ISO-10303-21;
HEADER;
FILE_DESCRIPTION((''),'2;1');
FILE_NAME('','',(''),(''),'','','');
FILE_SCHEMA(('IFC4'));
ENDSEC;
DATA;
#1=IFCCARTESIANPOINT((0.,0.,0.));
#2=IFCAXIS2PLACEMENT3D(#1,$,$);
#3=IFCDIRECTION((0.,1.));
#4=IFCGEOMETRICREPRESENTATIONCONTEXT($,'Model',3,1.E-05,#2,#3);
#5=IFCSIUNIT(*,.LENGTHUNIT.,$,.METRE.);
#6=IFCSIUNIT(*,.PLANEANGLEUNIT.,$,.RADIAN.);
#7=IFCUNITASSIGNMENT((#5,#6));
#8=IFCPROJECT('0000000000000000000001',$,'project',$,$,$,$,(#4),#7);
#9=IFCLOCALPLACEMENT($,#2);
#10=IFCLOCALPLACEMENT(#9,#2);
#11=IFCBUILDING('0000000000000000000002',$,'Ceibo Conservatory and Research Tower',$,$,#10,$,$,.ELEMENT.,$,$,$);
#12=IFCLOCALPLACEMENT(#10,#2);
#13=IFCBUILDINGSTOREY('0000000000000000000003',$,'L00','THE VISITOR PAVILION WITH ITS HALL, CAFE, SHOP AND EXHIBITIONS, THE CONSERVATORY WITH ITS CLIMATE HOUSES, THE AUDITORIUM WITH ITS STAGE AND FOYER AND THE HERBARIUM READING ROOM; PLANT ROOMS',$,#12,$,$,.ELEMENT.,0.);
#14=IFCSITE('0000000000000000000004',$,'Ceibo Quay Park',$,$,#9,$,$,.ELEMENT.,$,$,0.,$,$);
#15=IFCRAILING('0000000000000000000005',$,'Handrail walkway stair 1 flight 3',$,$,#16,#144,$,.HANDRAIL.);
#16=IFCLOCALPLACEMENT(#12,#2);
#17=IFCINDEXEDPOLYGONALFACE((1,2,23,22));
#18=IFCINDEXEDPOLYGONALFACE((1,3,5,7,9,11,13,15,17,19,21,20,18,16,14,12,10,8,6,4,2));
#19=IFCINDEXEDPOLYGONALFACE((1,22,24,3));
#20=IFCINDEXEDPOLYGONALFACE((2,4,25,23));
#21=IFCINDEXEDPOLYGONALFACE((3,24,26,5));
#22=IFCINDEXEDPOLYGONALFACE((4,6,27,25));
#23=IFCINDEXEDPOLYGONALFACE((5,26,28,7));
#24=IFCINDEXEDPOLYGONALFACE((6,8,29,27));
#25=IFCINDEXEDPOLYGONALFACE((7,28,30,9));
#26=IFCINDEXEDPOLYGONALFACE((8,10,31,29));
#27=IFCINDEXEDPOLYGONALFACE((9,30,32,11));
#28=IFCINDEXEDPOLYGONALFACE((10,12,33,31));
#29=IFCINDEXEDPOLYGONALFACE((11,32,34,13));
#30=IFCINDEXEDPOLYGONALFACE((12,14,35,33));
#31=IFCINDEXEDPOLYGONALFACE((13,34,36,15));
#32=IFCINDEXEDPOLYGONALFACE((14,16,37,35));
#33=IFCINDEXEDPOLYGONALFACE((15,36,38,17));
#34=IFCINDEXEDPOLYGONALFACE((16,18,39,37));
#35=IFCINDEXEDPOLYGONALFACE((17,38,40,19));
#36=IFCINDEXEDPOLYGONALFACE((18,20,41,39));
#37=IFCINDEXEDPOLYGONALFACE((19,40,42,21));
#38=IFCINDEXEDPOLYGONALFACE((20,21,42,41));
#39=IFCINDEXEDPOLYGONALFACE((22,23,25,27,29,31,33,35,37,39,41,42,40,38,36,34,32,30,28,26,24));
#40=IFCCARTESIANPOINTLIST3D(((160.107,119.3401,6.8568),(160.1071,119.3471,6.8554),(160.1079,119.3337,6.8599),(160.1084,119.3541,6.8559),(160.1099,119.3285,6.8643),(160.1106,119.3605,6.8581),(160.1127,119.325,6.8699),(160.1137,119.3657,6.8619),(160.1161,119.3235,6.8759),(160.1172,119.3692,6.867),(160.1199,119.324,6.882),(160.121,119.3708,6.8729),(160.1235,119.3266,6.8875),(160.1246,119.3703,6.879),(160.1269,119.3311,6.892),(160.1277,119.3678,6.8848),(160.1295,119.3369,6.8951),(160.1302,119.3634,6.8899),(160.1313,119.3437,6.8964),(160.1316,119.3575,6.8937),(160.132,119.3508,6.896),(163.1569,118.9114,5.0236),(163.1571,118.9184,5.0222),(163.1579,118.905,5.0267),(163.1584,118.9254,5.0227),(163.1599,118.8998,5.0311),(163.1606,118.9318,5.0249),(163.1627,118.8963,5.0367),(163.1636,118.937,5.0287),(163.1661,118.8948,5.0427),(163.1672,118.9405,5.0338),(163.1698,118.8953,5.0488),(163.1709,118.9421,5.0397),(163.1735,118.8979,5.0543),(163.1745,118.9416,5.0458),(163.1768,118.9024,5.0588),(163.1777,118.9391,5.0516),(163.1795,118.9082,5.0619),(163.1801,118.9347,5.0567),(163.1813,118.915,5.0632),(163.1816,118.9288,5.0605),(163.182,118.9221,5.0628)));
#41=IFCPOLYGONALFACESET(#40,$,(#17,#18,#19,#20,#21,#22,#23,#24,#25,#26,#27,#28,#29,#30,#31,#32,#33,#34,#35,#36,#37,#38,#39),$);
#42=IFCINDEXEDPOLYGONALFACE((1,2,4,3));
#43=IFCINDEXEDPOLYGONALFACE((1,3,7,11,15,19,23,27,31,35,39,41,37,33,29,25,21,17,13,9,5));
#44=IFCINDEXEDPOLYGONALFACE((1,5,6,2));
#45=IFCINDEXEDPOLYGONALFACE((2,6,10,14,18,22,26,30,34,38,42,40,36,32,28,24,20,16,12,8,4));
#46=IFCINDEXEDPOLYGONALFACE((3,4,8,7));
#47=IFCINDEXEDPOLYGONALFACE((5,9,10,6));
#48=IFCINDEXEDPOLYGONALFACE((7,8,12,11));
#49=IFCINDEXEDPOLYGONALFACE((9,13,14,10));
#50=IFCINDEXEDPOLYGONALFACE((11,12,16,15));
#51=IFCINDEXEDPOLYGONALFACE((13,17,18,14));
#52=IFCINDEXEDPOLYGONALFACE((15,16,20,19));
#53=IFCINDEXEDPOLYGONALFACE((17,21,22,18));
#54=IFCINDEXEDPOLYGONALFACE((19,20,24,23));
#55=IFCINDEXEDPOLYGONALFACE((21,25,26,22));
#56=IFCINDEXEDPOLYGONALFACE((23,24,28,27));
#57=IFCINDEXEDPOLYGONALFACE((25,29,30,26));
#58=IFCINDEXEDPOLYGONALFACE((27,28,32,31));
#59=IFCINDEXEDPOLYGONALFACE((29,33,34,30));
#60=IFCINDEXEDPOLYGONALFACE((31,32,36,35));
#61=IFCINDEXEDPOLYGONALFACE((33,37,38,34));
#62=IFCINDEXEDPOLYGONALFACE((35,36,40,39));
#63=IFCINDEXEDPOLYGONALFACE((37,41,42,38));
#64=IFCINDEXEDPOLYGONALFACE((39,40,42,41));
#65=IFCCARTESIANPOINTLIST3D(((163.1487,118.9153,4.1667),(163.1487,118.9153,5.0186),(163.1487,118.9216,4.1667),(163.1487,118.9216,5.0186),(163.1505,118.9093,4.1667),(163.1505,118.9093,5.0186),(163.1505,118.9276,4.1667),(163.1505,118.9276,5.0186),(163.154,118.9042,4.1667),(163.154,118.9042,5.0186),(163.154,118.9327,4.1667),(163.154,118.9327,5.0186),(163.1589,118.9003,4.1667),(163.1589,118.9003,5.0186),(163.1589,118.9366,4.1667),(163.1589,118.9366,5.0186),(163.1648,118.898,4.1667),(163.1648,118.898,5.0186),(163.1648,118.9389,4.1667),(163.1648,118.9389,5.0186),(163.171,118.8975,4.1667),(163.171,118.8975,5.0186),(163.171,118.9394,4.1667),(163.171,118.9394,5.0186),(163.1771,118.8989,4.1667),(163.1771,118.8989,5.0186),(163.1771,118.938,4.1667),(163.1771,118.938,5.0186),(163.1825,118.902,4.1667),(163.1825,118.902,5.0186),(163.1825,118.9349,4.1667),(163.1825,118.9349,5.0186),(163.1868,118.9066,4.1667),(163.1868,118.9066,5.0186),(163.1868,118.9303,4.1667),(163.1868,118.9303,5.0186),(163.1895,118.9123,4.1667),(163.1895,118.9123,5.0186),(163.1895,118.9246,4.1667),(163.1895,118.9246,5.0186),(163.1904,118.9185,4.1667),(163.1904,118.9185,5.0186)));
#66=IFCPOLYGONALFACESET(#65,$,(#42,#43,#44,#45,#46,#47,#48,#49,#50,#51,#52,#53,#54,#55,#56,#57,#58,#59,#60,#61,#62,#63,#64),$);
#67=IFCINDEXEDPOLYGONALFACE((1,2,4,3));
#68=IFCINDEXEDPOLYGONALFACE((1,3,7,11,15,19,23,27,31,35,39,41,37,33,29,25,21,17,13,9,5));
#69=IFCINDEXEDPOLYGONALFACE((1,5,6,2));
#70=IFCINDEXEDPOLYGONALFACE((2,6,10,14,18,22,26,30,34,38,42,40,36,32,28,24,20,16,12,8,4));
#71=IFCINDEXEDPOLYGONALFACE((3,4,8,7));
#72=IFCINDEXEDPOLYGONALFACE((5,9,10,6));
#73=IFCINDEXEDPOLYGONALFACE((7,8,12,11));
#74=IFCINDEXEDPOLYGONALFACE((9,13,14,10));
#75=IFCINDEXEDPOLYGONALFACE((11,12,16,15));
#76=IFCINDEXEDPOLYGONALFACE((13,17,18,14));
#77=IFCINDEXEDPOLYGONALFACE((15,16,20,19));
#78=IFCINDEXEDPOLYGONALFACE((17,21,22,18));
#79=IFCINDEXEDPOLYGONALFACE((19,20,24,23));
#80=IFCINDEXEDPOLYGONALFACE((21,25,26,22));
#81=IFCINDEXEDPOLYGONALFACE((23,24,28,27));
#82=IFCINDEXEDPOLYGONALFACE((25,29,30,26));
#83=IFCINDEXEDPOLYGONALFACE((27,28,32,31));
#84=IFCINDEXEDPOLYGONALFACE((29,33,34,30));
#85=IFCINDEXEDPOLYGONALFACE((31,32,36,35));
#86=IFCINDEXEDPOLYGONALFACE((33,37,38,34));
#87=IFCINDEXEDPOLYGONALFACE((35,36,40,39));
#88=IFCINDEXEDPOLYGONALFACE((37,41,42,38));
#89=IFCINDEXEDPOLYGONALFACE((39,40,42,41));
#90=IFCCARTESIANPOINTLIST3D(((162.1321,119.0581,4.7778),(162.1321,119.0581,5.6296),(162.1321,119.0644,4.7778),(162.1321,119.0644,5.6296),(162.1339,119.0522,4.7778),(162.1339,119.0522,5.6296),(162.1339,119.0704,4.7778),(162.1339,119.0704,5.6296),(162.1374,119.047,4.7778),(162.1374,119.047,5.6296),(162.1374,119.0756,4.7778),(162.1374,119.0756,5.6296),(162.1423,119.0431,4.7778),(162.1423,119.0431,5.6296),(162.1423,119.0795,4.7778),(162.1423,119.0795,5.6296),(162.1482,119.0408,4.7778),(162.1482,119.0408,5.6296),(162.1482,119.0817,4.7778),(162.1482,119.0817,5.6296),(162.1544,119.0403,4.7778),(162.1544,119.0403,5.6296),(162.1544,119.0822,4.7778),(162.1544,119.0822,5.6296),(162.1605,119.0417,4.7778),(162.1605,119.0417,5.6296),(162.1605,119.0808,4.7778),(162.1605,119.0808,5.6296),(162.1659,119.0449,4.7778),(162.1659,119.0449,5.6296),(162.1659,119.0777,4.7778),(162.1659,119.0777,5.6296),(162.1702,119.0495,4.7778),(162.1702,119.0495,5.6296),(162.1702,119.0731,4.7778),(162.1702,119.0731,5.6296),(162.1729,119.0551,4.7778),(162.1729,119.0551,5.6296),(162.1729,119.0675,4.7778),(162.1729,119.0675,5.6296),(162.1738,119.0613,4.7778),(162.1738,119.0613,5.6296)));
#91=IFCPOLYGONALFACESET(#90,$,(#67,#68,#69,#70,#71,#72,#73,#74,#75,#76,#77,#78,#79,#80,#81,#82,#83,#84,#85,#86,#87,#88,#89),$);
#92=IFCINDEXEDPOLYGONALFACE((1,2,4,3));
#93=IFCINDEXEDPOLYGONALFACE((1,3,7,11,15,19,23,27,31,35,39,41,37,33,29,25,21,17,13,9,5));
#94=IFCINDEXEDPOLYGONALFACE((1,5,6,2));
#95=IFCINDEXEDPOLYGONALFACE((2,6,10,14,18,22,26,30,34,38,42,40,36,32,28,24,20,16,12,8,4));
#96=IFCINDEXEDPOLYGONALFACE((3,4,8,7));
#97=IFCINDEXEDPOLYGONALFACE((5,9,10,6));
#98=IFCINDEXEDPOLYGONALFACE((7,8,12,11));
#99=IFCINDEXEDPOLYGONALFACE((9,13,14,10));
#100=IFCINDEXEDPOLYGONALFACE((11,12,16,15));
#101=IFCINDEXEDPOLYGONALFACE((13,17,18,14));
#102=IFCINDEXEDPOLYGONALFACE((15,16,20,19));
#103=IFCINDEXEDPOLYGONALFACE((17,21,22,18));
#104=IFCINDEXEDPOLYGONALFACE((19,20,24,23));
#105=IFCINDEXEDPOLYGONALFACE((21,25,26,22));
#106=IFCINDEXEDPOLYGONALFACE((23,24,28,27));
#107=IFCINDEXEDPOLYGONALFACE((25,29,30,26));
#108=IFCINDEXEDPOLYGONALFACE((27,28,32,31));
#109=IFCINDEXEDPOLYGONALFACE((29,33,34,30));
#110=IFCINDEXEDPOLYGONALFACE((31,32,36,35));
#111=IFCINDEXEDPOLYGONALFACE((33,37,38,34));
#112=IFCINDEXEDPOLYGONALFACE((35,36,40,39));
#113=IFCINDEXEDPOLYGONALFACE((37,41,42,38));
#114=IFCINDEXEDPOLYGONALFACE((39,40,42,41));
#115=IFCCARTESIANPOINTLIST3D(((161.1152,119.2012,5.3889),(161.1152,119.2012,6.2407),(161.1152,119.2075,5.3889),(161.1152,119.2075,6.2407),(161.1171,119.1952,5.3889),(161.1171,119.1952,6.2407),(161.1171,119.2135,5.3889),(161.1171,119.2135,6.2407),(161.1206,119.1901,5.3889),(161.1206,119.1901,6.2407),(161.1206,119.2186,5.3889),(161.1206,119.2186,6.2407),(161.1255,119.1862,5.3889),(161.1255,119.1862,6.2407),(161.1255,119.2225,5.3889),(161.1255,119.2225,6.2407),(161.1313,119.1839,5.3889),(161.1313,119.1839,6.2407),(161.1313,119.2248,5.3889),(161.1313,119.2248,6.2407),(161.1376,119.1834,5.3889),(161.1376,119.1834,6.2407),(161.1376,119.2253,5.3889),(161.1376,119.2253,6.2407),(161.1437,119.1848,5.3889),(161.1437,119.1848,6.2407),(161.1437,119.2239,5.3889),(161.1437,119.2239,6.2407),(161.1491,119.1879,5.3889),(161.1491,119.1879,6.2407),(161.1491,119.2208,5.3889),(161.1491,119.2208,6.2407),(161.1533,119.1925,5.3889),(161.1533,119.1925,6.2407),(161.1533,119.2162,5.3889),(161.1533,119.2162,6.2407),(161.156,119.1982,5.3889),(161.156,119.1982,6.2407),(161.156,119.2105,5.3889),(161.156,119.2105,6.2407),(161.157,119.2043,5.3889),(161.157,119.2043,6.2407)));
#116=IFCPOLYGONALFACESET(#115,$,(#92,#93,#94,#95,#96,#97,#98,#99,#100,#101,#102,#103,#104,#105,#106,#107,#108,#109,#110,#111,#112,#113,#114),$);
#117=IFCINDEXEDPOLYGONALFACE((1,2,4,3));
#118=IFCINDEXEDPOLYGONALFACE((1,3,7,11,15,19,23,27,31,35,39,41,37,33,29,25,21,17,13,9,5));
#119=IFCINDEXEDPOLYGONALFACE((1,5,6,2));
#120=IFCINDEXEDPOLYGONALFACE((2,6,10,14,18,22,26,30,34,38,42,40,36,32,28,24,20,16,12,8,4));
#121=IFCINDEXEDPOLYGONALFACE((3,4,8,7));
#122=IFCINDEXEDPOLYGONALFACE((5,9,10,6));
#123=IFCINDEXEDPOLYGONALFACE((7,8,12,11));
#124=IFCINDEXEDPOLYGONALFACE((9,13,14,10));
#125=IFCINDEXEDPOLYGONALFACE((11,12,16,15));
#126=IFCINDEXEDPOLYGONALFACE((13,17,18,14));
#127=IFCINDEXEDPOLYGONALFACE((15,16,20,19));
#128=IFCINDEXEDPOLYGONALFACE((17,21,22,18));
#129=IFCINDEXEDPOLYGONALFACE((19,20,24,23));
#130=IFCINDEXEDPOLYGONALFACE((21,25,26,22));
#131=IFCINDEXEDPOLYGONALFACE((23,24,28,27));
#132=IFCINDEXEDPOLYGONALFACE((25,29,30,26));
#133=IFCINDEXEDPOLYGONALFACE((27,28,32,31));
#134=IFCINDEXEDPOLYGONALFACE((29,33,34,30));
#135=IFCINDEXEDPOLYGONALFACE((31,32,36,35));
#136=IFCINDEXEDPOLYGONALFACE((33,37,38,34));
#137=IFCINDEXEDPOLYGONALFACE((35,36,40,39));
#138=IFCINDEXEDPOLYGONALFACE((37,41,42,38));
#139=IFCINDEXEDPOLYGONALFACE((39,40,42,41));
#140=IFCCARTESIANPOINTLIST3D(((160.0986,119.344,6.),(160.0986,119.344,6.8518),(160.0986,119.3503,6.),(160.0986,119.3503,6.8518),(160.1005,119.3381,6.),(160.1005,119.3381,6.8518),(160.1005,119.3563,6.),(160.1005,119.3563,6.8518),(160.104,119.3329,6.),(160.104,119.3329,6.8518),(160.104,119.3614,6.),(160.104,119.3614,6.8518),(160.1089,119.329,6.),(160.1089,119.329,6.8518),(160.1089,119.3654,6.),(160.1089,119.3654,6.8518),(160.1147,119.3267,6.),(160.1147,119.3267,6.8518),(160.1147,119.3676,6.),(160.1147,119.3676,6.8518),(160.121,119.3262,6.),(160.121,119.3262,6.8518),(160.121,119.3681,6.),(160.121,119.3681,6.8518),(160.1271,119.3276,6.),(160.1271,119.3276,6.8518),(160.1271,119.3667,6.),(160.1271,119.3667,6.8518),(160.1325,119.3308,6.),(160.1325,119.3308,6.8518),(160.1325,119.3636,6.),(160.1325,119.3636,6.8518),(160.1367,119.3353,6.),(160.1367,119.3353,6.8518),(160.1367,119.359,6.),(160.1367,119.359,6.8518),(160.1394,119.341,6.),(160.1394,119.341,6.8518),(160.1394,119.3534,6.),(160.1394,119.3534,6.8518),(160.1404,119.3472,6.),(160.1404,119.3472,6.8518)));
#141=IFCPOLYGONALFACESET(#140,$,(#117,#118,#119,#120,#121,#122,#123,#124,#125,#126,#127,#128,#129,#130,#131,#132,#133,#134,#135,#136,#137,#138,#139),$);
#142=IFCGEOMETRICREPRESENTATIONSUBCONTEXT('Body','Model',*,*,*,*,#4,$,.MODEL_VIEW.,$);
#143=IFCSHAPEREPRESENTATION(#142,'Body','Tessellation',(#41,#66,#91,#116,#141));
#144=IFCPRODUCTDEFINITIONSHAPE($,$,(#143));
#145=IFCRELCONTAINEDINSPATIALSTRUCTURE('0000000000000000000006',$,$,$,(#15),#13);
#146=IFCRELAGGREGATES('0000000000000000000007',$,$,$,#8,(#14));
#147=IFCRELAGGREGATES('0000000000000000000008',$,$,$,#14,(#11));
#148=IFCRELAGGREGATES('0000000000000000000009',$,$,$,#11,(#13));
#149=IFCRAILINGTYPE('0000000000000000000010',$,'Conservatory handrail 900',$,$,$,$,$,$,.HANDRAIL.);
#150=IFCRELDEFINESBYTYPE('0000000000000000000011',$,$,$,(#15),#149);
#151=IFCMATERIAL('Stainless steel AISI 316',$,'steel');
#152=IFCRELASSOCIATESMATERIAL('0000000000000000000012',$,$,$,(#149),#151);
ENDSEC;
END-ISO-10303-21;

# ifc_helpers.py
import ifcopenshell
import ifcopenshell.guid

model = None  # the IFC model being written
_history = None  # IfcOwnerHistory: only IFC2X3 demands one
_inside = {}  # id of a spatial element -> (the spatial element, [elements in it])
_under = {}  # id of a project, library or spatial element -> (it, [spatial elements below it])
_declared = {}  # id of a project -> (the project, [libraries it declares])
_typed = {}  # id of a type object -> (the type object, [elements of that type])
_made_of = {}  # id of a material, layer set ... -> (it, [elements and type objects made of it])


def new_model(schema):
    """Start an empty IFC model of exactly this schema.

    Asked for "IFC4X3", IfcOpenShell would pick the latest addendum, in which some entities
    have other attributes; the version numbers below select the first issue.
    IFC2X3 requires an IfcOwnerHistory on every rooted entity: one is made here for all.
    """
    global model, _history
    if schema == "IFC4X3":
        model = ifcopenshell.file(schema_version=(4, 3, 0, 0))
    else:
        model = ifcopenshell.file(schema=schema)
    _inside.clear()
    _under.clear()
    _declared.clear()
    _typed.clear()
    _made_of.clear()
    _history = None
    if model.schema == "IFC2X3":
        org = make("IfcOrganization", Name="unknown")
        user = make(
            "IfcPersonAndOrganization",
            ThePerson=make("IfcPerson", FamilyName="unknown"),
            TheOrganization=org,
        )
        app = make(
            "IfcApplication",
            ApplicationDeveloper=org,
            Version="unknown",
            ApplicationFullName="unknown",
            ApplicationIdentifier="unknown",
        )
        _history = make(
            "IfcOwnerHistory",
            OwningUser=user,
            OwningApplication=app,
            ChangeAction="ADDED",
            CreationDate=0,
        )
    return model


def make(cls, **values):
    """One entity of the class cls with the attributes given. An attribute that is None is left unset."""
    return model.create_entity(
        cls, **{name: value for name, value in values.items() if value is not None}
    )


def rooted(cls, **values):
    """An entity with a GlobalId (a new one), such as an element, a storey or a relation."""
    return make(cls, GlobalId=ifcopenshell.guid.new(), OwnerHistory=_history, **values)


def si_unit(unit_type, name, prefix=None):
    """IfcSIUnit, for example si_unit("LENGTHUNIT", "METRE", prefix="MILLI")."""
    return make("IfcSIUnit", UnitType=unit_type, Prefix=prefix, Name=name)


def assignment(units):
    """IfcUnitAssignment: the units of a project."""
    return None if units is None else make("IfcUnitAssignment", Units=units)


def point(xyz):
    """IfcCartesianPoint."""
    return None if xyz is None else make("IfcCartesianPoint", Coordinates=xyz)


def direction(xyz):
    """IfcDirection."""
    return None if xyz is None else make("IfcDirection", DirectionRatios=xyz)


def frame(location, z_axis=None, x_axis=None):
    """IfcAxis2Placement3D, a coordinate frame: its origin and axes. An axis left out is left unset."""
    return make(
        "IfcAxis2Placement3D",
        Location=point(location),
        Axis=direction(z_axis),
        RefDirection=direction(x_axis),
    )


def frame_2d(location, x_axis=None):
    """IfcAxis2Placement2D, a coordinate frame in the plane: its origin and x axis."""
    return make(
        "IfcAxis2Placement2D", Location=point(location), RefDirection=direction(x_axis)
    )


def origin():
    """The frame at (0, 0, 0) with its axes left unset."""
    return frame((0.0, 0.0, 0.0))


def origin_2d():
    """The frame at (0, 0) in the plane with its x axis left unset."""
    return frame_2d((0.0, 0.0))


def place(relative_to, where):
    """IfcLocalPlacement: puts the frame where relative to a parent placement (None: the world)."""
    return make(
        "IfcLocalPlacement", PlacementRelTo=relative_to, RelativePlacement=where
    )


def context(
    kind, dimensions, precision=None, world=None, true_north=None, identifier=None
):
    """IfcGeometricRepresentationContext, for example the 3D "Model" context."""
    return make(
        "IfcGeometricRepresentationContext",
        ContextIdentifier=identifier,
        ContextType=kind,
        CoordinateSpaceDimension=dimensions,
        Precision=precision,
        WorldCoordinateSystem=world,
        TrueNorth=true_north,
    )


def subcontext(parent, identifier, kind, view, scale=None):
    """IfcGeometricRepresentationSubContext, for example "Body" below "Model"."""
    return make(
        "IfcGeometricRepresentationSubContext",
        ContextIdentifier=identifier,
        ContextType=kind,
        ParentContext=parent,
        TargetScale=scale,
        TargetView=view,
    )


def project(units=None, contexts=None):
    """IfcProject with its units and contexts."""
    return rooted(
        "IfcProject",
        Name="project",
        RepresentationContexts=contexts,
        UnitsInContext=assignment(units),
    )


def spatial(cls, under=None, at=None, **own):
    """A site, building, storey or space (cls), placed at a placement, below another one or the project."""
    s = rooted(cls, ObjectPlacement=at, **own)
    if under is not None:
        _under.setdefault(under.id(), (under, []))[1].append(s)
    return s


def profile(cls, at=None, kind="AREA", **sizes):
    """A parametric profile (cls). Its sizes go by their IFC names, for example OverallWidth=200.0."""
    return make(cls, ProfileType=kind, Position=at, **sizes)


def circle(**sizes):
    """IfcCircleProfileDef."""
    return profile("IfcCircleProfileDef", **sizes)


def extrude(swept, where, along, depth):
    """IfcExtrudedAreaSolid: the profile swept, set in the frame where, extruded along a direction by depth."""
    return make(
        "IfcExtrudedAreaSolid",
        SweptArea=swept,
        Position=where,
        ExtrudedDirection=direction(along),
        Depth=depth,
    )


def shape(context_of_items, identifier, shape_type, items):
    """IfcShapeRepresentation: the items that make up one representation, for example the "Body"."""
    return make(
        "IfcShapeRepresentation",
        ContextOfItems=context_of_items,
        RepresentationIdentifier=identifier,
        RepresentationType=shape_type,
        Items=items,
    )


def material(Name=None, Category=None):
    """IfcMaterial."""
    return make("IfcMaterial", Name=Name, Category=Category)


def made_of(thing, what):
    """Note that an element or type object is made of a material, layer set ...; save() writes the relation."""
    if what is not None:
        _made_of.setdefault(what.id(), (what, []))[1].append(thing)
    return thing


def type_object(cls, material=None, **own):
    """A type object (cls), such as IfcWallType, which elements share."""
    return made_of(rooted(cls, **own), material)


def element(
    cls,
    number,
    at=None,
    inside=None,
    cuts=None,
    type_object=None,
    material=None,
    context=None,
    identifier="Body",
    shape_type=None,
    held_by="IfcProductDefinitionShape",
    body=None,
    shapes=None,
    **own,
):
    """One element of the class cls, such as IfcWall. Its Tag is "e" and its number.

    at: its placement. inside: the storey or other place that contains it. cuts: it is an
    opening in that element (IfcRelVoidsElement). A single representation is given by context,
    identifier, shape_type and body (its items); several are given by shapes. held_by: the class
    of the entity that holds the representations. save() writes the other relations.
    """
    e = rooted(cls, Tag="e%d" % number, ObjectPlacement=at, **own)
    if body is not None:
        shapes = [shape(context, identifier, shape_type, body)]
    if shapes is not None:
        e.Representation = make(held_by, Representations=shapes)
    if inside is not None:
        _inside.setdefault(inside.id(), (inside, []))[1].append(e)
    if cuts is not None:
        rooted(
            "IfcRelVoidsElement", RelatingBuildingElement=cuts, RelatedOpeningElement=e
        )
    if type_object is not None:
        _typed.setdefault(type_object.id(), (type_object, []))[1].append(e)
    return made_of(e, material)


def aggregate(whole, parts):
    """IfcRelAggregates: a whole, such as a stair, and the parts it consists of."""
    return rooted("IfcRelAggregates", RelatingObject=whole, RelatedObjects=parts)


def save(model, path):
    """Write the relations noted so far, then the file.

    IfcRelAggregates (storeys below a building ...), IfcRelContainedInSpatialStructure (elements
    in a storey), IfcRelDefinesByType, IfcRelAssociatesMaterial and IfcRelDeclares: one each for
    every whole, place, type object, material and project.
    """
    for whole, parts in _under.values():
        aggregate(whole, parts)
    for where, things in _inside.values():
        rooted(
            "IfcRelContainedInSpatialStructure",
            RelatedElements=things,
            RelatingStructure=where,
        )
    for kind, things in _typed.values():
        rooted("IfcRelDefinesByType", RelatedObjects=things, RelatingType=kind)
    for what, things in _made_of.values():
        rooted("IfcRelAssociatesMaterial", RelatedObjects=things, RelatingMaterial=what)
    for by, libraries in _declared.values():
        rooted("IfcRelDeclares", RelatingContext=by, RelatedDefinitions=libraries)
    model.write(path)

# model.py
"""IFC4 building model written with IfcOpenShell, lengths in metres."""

from ifc_helpers import new_model, si_unit, direction, frame, origin, origin_2d, place, context, subcontext, project, spatial, circle, extrude, material, type_object, element, save


model = new_model("IFC4")

# Units and contexts
model_context = context("Model", 3, precision=1e-05, world=origin(), true_north=direction((0.0, 1.0)))
body_context = subcontext(model_context, "Body", "Model", "MODEL_VIEW")
ifc_project = project(units=[si_unit("LENGTHUNIT", "METRE"), si_unit("PLANEANGLEUNIT", "RADIAN")], contexts=[model_context])

# Site, building, storey
site_placement = place(None, origin())
site = spatial("IfcSite", under=ifc_project, at=site_placement, Name="Ceibo Quay Park", CompositionType="ELEMENT", RefElevation=0.0)
building_placement = place(site_placement, origin())
building = spatial("IfcBuilding", under=site, at=building_placement, Name="Ceibo Conservatory and Research Tower", CompositionType="ELEMENT")
storey_placement = place(building_placement, origin())
storey = spatial("IfcBuildingStorey", under=building, at=storey_placement, Name="L00", Description="THE VISITOR PAVILION WITH ITS HALL, CAFE, SHOP AND EXHIBITIONS, THE CONSERVATORY WITH ITS CLIMATE HOUSES, THE AUDITORIUM WITH ITS STAGE AND FOYER AND THE HERBARIUM READING ROOM; PLANT ROOMS", CompositionType="ELEMENT", Elevation=0.0)

# Railing
ifc_material_1 = material(Name="Stainless steel AISI 316", Category="steel")
railing_type_1 = type_object("IfcRailingType", Name="Conservatory handrail 900", PredefinedType="HANDRAIL", material=ifc_material_1)
railing_1_placement = place(storey_placement, frame((163.1694, 118.9185, 4.1667)))
element("IfcRailing", 1, at=railing_1_placement, inside=storey, type_object=railing_type_1, Name="Handrail walkway stair 1 flight 3", PredefinedType="HANDRAIL", context=body_context, shape_type="SweptSolid", body=[
    extrude(circle(Radius=0.0239, at=origin_2d()), frame((0.0, 0.0, 0.876), z_axis=(-0.85094, 0.119607, 0.511463), x_axis=(-0.13919, -0.990266, 0.0)), (0.0, 0.0, 1.0), 3.5842),
    extrude(circle(Radius=0.021, at=origin_2d()), origin(), (0.0, 0.0, 1.0), 0.8518),
    extrude(circle(Radius=0.021, at=origin_2d()), frame((-1.0166, 0.1428, 0.6111)), (0.0, 0.0, 1.0), 0.8518),
    extrude(circle(Radius=0.021, at=origin_2d()), frame((-2.0334, 0.2859, 1.2222)), (0.0, 0.0, 1.0), 0.8518),
    extrude(circle(Radius=0.021, at=origin_2d()), frame((-3.05, 0.4287, 1.8333)), (0.0, 0.0, 1.0), 0.8518),
])

save(model, "model.ifc")
